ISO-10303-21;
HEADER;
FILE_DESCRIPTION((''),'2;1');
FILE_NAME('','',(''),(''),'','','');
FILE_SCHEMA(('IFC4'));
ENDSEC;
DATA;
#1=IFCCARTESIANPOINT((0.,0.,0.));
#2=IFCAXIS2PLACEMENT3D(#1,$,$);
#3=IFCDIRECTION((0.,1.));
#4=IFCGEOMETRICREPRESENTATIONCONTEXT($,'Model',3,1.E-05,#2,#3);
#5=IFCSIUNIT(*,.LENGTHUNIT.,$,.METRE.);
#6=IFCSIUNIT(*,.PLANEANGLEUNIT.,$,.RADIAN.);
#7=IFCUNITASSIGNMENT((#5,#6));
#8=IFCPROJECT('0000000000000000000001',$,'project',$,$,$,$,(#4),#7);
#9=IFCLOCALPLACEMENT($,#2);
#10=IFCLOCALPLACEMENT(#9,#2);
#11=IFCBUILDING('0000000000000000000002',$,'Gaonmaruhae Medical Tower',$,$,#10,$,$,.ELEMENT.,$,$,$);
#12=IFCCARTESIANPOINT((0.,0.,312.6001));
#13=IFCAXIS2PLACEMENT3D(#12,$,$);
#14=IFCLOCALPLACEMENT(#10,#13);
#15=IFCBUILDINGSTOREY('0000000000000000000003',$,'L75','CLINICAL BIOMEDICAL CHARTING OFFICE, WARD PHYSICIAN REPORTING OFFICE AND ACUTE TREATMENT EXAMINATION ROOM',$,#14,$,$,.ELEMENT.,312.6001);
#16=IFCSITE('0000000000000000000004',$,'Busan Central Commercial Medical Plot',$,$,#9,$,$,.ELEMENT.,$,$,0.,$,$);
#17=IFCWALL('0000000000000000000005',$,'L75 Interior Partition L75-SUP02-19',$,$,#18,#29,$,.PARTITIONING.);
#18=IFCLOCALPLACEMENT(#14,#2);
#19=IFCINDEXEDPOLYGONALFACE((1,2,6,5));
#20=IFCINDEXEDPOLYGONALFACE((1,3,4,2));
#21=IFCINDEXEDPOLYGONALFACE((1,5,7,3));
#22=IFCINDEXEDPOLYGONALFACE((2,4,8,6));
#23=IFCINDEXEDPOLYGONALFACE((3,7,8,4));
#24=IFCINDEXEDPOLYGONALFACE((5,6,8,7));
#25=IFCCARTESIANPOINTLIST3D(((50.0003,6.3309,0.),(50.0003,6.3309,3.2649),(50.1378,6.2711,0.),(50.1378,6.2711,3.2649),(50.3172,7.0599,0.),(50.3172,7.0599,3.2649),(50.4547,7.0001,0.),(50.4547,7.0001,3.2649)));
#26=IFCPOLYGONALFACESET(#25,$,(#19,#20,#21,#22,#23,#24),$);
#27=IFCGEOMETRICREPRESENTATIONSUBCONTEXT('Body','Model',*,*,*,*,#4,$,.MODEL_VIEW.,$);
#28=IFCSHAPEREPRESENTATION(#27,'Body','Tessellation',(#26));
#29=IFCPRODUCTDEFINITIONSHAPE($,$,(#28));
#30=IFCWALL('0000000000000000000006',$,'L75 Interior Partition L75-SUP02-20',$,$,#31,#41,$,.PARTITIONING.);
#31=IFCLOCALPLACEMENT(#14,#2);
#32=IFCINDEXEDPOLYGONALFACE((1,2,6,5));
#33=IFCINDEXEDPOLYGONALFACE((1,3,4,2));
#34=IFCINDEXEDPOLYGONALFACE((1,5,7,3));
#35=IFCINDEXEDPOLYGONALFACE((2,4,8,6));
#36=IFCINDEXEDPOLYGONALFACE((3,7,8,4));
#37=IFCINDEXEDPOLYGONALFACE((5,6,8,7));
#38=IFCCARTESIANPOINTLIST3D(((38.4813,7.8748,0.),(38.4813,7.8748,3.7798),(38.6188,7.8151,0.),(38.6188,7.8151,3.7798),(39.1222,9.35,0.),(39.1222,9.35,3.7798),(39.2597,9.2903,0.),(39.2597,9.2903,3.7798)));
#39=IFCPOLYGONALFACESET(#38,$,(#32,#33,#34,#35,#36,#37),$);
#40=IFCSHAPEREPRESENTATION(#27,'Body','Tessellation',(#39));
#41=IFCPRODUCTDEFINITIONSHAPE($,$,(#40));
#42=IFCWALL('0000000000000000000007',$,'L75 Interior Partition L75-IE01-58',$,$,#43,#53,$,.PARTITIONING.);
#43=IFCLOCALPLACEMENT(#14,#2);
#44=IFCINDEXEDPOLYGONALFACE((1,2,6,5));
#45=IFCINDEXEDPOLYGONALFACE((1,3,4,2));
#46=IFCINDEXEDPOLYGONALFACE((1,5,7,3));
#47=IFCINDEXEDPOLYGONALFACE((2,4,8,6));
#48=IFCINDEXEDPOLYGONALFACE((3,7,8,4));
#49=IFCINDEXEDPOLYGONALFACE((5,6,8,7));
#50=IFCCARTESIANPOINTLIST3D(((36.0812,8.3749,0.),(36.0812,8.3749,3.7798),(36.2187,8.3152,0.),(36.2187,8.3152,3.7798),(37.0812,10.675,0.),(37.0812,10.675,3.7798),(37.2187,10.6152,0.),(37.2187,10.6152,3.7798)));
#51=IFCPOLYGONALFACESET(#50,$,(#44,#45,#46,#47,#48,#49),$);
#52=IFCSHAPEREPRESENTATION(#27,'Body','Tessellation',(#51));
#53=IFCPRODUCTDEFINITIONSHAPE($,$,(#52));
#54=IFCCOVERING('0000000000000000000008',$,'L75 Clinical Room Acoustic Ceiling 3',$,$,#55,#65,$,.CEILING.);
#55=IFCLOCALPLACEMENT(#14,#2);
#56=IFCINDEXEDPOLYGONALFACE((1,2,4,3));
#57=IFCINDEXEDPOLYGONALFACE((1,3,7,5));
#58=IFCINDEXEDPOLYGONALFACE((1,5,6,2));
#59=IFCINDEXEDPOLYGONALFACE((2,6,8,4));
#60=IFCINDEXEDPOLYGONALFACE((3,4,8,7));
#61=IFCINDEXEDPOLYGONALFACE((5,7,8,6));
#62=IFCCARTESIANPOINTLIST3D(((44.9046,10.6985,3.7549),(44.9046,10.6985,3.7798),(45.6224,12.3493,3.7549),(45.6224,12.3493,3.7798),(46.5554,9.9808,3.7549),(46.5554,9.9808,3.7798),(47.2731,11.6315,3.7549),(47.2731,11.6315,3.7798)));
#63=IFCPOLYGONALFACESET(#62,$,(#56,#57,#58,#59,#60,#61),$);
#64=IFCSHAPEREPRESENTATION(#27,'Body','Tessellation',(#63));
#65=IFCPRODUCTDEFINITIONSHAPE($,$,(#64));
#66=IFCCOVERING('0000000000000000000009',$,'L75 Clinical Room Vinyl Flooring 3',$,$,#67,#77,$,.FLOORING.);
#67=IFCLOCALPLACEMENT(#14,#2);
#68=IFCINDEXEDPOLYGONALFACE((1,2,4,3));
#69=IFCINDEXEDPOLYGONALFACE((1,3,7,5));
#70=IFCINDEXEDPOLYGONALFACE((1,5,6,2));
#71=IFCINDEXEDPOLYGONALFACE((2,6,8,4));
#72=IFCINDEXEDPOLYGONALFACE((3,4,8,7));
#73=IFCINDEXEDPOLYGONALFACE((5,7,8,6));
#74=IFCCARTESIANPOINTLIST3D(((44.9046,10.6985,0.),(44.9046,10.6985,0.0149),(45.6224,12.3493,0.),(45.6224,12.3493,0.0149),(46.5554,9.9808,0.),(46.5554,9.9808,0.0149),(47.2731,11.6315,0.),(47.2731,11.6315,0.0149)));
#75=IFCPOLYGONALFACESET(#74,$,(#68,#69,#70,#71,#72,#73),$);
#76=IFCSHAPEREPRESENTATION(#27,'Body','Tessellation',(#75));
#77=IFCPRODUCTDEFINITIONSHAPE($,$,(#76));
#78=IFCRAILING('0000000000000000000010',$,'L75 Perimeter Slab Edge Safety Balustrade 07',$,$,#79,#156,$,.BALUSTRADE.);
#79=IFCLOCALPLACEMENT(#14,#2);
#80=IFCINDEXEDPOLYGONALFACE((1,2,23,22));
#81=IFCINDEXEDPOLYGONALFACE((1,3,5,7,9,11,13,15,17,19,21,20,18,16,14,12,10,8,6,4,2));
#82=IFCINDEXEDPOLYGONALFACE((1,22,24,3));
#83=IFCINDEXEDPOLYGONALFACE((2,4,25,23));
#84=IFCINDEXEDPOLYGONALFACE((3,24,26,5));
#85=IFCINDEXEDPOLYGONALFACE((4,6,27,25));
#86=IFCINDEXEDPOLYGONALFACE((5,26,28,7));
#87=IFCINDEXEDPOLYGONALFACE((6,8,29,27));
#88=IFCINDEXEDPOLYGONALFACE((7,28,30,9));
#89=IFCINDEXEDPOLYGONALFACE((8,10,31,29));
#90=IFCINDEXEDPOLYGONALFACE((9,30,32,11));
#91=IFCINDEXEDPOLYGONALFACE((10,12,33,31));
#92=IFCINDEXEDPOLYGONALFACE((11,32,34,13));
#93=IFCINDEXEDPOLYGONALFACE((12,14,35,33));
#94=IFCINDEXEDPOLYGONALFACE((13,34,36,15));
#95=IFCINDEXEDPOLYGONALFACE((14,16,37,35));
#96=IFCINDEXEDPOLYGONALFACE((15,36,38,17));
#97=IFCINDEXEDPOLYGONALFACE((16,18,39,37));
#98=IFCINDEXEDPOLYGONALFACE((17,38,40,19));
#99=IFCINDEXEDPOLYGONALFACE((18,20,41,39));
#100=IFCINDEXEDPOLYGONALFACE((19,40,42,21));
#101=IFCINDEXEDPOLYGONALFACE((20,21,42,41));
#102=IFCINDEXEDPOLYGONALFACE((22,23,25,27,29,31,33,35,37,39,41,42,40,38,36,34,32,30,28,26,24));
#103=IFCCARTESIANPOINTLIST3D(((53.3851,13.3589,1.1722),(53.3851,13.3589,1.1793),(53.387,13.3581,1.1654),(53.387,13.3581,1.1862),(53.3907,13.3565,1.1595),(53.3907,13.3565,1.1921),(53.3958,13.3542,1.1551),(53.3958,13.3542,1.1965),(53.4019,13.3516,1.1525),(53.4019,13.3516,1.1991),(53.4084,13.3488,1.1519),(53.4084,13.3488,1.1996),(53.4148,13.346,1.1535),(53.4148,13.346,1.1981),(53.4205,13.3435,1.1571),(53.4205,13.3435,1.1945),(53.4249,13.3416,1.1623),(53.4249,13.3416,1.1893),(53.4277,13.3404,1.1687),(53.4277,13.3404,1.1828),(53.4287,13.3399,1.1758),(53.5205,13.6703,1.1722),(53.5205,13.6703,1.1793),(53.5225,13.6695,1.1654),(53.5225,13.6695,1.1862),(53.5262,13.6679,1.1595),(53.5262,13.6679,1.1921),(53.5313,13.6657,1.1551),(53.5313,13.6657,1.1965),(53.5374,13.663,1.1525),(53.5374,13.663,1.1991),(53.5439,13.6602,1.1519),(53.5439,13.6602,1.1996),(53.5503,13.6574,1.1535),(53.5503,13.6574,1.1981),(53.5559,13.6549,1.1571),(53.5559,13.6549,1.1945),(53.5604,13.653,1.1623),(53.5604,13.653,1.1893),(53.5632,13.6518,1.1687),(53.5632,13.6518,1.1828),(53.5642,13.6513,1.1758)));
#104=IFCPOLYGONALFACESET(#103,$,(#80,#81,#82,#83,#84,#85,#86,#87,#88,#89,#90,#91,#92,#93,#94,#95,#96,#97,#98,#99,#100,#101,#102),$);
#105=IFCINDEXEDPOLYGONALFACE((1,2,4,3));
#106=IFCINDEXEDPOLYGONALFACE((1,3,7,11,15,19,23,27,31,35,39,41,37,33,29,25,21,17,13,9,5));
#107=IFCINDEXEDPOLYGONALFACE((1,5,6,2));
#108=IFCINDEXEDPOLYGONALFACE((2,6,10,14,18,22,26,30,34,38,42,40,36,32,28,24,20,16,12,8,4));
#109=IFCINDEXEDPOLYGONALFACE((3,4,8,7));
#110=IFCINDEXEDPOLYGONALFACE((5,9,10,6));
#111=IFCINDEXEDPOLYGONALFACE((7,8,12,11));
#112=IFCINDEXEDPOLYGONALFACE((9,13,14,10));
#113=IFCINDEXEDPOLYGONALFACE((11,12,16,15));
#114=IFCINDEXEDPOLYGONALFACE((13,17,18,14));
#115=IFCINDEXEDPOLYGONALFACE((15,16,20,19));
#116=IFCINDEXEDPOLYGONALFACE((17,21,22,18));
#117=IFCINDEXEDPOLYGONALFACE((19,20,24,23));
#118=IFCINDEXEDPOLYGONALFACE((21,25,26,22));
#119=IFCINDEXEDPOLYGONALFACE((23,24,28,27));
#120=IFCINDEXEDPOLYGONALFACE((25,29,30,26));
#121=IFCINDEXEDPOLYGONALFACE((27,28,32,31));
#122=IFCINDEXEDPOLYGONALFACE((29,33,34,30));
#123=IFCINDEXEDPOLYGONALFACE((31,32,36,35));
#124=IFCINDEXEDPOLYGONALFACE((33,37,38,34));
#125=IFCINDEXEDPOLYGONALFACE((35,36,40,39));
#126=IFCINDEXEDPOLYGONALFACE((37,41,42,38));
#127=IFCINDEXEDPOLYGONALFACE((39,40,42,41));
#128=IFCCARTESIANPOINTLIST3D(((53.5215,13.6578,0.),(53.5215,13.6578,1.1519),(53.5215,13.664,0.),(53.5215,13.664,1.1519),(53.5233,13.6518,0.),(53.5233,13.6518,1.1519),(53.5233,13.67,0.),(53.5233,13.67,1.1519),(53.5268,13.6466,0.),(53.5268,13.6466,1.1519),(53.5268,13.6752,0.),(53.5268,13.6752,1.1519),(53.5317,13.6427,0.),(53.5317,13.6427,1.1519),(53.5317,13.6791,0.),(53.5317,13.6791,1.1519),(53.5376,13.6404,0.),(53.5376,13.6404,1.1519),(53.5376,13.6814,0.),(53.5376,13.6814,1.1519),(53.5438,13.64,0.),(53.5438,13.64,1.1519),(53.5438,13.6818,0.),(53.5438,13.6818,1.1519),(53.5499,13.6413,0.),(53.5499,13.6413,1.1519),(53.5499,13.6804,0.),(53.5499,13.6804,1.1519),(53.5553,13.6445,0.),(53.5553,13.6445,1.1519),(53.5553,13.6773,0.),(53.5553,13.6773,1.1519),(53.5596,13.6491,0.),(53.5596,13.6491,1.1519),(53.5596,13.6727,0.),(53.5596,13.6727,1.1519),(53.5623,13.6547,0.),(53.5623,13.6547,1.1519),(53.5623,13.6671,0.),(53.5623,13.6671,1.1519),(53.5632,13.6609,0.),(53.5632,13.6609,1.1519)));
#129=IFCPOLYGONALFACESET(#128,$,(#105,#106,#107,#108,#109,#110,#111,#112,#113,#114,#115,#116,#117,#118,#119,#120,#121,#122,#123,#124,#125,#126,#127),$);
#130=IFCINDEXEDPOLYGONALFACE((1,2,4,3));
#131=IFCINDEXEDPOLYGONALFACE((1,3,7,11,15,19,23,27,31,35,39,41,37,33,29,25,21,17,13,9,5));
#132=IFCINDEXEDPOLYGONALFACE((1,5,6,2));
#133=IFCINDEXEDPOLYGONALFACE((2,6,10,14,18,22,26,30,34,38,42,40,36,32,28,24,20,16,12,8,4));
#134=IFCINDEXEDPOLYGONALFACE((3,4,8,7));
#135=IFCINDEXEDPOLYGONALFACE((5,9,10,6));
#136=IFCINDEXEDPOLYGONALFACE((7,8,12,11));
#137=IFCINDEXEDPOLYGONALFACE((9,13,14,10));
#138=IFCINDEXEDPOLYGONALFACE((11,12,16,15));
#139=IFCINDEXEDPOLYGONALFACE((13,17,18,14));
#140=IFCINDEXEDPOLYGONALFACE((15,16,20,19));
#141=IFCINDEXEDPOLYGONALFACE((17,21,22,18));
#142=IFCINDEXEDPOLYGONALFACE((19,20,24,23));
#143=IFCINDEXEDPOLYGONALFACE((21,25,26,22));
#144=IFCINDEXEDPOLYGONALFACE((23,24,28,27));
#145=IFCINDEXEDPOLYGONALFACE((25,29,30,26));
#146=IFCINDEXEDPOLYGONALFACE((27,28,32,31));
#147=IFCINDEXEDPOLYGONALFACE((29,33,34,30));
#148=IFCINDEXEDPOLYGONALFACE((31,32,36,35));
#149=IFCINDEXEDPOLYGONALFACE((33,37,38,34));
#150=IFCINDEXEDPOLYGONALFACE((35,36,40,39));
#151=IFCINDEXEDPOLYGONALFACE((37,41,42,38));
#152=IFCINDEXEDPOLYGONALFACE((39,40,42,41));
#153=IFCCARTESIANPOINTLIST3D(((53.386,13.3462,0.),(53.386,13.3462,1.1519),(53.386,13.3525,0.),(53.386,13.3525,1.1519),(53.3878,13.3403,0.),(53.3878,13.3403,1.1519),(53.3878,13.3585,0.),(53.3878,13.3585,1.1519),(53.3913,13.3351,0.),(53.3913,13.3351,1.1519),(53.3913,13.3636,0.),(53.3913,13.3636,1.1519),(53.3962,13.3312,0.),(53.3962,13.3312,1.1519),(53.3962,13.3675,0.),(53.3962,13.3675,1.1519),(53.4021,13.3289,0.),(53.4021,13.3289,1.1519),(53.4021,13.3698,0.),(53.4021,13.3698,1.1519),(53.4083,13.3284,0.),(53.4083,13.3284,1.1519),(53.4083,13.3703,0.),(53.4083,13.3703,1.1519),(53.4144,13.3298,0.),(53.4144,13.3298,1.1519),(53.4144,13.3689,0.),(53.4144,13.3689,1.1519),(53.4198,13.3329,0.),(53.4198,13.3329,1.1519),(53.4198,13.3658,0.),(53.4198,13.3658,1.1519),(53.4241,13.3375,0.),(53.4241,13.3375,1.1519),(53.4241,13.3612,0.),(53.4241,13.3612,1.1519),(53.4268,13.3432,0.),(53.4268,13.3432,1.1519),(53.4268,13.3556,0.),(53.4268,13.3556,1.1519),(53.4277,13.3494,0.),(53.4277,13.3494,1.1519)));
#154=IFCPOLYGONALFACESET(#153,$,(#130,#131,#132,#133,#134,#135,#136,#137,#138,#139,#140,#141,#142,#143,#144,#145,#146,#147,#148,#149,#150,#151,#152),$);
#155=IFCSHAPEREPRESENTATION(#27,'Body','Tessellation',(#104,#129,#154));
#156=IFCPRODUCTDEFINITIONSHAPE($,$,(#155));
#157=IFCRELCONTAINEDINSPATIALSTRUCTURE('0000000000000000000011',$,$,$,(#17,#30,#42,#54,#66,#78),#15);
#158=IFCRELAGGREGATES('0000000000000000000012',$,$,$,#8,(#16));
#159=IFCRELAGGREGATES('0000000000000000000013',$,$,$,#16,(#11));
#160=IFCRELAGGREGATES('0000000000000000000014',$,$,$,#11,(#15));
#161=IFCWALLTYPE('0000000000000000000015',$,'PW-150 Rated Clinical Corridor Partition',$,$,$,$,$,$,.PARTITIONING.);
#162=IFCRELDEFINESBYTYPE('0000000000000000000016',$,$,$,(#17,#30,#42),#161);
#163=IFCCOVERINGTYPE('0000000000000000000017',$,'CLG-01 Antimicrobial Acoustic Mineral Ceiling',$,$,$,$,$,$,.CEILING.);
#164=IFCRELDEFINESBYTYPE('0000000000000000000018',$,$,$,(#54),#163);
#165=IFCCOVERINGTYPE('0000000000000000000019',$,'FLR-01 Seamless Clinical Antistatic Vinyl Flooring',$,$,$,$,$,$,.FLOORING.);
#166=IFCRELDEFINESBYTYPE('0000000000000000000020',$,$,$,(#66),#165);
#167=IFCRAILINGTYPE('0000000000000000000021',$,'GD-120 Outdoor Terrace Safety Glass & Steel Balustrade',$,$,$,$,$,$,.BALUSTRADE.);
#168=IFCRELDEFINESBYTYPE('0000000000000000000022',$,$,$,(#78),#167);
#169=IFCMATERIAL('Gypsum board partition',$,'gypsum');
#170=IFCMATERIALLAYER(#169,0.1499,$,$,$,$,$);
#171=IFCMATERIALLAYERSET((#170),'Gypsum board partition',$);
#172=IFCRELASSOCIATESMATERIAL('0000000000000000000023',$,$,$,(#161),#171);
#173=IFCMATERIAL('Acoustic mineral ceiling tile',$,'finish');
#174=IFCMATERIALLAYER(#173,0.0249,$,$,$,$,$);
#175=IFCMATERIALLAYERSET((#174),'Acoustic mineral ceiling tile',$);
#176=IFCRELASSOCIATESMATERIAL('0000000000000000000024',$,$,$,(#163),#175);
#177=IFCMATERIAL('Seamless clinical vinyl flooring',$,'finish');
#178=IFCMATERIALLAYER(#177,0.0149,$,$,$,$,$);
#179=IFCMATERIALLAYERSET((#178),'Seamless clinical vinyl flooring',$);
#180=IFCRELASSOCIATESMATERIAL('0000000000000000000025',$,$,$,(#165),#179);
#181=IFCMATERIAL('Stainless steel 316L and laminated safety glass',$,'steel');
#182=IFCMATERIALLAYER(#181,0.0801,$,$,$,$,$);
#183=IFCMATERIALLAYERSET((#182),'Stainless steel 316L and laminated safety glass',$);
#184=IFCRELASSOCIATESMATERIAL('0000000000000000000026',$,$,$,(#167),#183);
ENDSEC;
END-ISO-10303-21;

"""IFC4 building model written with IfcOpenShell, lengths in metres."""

from ifc_helpers import new_model, si_unit, direction, frame, frame_2d, origin, origin_2d, place, context, subcontext, project, spatial, rectangle, circle, extrude, material, layer, layer_set, type_object, element, save


model = new_model("IFC4")

# Units and contexts
model_context = context("Model", 3, precision=1e-05, world=origin(), true_north=direction((0.0, 1.0)))
body_context = subcontext(model_context, "Body", "Model", "MODEL_VIEW")
ifc_project = project(units=[si_unit("LENGTHUNIT", "METRE"), si_unit("PLANEANGLEUNIT", "RADIAN")], contexts=[model_context])

# Site, building, storey
site_placement = place(None, origin())
site = spatial("IfcSite", under=ifc_project, at=site_placement, Name="Busan Central Commercial Medical Plot", CompositionType="ELEMENT", RefElevation=0.0)
building_placement = place(site_placement, origin())
building = spatial("IfcBuilding", under=site, at=building_placement, Name="Gaonmaruhae Medical Tower", CompositionType="ELEMENT")
storey_placement = place(building_placement, frame((0.0, 0.0, 312.6001)))
storey = spatial("IfcBuildingStorey", under=building, at=storey_placement, Name="L75", Description="CLINICAL BIOMEDICAL CHARTING OFFICE, WARD PHYSICIAN REPORTING OFFICE AND ACUTE TREATMENT EXAMINATION ROOM", CompositionType="ELEMENT", Elevation=312.6001)

# Shared definitions
ifc_material_1 = material(Name="Gypsum board partition", Category="gypsum")
ifc_layer_1 = layer(ifc_material_1, 0.1499)
ifc_layer_set_1 = layer_set([ifc_layer_1], Name="Gypsum board partition")
wall_type_1 = type_object("IfcWallType", Name="PW-150 Rated Clinical Corridor Partition", PredefinedType="PARTITIONING", material=ifc_layer_set_1)

# Walls
wall_1_placement = place(storey_placement, frame((50.386, 7.03, 0.0), z_axis=(0.0, 0.0, 1.0), x_axis=(-0.398659, -0.917099, 0.0)))
element("IfcWall", 1, at=wall_1_placement, inside=storey, type_object=wall_type_1, Name="L75 Interior Partition L75-SUP02-19", PredefinedType="PARTITIONING", context=body_context, shape_type="SweptSolid", body=[
    extrude(rectangle(XDim=0.7949, YDim=0.1499, at=frame_2d((0.3975, 0.0))), origin(), (0.0, 0.0, 1.0), 3.2649),
])
wall_2_placement = place(storey_placement, frame((38.55, 7.845, 0.0), z_axis=(0.0, 0.0, 1.0), x_axis=(0.398476, 0.917179, 0.0)))
element("IfcWall", 2, at=wall_2_placement, inside=storey, type_object=wall_type_1, Name="L75 Interior Partition L75-SUP02-20", PredefinedType="PARTITIONING", context=body_context, shape_type="SweptSolid", body=[
    extrude(rectangle(XDim=1.6084, YDim=0.1499, at=frame_2d((0.8042, 0.0))), origin(), (0.0, 0.0, 1.0), 3.7798),
])
wall_3_placement = place(storey_placement, frame((37.1499, 10.645, 0.0), z_axis=(0.0, 0.0, 1.0), x_axis=(-0.398719, -0.917073, 0.0)))
element("IfcWall", 3, at=wall_3_placement, inside=storey, type_object=wall_type_1, Name="L75 Interior Partition L75-IE01-58", PredefinedType="PARTITIONING", context=body_context, shape_type="SweptSolid", body=[
    extrude(rectangle(XDim=2.5081, YDim=0.1499, at=frame_2d((1.2539, 0.0))), origin(), (0.0, 0.0, 1.0), 3.7798),
])

# Coverings
ifc_material_2 = material(Name="Acoustic mineral ceiling tile", Category="finish")
ifc_layer_2 = layer(ifc_material_2, 0.0249)
ifc_layer_set_2 = layer_set([ifc_layer_2], Name="Acoustic mineral ceiling tile")
covering_type_1 = type_object("IfcCoveringType", Name="CLG-01 Antimicrobial Acoustic Mineral Ceiling", PredefinedType="CEILING", material=ifc_layer_set_2)
covering_1_placement = place(storey_placement, frame((46.0889, 11.165, 3.7549), z_axis=(0.0, 0.0, 1.0), x_axis=(0.398749, 0.91706, 0.0)))
element("IfcCovering", 4, at=covering_1_placement, inside=storey, type_object=covering_type_1, Name="L75 Clinical Room Acoustic Ceiling 3", PredefinedType="CEILING", context=body_context, shape_type="SweptSolid", body=[
    extrude(rectangle(XDim=1.8, YDim=1.8, at=origin_2d()), origin(), (0.0, 0.0, 1.0), 0.0249),
])
ifc_material_3 = material(Name="Seamless clinical vinyl flooring", Category="finish")
ifc_layer_3 = layer(ifc_material_3, 0.0149)
ifc_layer_set_3 = layer_set([ifc_layer_3], Name="Seamless clinical vinyl flooring")
covering_type_2 = type_object("IfcCoveringType", Name="FLR-01 Seamless Clinical Antistatic Vinyl Flooring", PredefinedType="FLOORING", material=ifc_layer_set_3)
covering_2_placement = place(storey_placement, frame((46.0889, 11.165, 0.0), z_axis=(0.0, 0.0, 1.0), x_axis=(0.398749, 0.91706, 0.0)))
element("IfcCovering", 5, at=covering_2_placement, inside=storey, type_object=covering_type_2, Name="L75 Clinical Room Vinyl Flooring 3", PredefinedType="FLOORING", context=body_context, shape_type="SweptSolid", body=[
    extrude(rectangle(XDim=1.8, YDim=1.8, at=origin_2d()), origin(), (0.0, 0.0, 1.0), 0.0149),
])

# Railing
ifc_material_4 = material(Name="Stainless steel 316L and laminated safety glass", Category="steel")
ifc_layer_4 = layer(ifc_material_4, 0.0801)
ifc_layer_set_4 = layer_set([ifc_layer_4], Name="Stainless steel 316L and laminated safety glass")
railing_type = type_object("IfcRailingType", Name="GD-120 Outdoor Terrace Safety Glass & Steel Balustrade", PredefinedType="BALUSTRADE", material=ifc_layer_set_4)
railing_1_placement = place(storey_placement, frame((53.5422, 13.6609, 0.0)))
element("IfcRailing", 6, at=railing_1_placement, inside=storey, type_object=railing_type, Name="L75 Perimeter Slab Edge Safety Balustrade 07", PredefinedType="BALUSTRADE", context=body_context, shape_type="SweptSolid", body=[
    extrude(circle(Radius=0.0239, at=origin_2d()), frame((0.0, 0.0, 1.1758), z_axis=(-0.398858, -0.917013, 0.0), x_axis=(0.917013, -0.398858, 0.0)), (0.0, 0.0, 1.0), 0.3396),
    extrude(circle(Radius=0.021, at=origin_2d()), origin(), (0.0, 0.0, 1.0), 1.1519),
    extrude(circle(Radius=0.021, at=origin_2d()), frame((-0.1355, -0.3115, 0.0)), (0.0, 0.0, 1.0), 1.1519),
])

save(model, "model.ifc")
